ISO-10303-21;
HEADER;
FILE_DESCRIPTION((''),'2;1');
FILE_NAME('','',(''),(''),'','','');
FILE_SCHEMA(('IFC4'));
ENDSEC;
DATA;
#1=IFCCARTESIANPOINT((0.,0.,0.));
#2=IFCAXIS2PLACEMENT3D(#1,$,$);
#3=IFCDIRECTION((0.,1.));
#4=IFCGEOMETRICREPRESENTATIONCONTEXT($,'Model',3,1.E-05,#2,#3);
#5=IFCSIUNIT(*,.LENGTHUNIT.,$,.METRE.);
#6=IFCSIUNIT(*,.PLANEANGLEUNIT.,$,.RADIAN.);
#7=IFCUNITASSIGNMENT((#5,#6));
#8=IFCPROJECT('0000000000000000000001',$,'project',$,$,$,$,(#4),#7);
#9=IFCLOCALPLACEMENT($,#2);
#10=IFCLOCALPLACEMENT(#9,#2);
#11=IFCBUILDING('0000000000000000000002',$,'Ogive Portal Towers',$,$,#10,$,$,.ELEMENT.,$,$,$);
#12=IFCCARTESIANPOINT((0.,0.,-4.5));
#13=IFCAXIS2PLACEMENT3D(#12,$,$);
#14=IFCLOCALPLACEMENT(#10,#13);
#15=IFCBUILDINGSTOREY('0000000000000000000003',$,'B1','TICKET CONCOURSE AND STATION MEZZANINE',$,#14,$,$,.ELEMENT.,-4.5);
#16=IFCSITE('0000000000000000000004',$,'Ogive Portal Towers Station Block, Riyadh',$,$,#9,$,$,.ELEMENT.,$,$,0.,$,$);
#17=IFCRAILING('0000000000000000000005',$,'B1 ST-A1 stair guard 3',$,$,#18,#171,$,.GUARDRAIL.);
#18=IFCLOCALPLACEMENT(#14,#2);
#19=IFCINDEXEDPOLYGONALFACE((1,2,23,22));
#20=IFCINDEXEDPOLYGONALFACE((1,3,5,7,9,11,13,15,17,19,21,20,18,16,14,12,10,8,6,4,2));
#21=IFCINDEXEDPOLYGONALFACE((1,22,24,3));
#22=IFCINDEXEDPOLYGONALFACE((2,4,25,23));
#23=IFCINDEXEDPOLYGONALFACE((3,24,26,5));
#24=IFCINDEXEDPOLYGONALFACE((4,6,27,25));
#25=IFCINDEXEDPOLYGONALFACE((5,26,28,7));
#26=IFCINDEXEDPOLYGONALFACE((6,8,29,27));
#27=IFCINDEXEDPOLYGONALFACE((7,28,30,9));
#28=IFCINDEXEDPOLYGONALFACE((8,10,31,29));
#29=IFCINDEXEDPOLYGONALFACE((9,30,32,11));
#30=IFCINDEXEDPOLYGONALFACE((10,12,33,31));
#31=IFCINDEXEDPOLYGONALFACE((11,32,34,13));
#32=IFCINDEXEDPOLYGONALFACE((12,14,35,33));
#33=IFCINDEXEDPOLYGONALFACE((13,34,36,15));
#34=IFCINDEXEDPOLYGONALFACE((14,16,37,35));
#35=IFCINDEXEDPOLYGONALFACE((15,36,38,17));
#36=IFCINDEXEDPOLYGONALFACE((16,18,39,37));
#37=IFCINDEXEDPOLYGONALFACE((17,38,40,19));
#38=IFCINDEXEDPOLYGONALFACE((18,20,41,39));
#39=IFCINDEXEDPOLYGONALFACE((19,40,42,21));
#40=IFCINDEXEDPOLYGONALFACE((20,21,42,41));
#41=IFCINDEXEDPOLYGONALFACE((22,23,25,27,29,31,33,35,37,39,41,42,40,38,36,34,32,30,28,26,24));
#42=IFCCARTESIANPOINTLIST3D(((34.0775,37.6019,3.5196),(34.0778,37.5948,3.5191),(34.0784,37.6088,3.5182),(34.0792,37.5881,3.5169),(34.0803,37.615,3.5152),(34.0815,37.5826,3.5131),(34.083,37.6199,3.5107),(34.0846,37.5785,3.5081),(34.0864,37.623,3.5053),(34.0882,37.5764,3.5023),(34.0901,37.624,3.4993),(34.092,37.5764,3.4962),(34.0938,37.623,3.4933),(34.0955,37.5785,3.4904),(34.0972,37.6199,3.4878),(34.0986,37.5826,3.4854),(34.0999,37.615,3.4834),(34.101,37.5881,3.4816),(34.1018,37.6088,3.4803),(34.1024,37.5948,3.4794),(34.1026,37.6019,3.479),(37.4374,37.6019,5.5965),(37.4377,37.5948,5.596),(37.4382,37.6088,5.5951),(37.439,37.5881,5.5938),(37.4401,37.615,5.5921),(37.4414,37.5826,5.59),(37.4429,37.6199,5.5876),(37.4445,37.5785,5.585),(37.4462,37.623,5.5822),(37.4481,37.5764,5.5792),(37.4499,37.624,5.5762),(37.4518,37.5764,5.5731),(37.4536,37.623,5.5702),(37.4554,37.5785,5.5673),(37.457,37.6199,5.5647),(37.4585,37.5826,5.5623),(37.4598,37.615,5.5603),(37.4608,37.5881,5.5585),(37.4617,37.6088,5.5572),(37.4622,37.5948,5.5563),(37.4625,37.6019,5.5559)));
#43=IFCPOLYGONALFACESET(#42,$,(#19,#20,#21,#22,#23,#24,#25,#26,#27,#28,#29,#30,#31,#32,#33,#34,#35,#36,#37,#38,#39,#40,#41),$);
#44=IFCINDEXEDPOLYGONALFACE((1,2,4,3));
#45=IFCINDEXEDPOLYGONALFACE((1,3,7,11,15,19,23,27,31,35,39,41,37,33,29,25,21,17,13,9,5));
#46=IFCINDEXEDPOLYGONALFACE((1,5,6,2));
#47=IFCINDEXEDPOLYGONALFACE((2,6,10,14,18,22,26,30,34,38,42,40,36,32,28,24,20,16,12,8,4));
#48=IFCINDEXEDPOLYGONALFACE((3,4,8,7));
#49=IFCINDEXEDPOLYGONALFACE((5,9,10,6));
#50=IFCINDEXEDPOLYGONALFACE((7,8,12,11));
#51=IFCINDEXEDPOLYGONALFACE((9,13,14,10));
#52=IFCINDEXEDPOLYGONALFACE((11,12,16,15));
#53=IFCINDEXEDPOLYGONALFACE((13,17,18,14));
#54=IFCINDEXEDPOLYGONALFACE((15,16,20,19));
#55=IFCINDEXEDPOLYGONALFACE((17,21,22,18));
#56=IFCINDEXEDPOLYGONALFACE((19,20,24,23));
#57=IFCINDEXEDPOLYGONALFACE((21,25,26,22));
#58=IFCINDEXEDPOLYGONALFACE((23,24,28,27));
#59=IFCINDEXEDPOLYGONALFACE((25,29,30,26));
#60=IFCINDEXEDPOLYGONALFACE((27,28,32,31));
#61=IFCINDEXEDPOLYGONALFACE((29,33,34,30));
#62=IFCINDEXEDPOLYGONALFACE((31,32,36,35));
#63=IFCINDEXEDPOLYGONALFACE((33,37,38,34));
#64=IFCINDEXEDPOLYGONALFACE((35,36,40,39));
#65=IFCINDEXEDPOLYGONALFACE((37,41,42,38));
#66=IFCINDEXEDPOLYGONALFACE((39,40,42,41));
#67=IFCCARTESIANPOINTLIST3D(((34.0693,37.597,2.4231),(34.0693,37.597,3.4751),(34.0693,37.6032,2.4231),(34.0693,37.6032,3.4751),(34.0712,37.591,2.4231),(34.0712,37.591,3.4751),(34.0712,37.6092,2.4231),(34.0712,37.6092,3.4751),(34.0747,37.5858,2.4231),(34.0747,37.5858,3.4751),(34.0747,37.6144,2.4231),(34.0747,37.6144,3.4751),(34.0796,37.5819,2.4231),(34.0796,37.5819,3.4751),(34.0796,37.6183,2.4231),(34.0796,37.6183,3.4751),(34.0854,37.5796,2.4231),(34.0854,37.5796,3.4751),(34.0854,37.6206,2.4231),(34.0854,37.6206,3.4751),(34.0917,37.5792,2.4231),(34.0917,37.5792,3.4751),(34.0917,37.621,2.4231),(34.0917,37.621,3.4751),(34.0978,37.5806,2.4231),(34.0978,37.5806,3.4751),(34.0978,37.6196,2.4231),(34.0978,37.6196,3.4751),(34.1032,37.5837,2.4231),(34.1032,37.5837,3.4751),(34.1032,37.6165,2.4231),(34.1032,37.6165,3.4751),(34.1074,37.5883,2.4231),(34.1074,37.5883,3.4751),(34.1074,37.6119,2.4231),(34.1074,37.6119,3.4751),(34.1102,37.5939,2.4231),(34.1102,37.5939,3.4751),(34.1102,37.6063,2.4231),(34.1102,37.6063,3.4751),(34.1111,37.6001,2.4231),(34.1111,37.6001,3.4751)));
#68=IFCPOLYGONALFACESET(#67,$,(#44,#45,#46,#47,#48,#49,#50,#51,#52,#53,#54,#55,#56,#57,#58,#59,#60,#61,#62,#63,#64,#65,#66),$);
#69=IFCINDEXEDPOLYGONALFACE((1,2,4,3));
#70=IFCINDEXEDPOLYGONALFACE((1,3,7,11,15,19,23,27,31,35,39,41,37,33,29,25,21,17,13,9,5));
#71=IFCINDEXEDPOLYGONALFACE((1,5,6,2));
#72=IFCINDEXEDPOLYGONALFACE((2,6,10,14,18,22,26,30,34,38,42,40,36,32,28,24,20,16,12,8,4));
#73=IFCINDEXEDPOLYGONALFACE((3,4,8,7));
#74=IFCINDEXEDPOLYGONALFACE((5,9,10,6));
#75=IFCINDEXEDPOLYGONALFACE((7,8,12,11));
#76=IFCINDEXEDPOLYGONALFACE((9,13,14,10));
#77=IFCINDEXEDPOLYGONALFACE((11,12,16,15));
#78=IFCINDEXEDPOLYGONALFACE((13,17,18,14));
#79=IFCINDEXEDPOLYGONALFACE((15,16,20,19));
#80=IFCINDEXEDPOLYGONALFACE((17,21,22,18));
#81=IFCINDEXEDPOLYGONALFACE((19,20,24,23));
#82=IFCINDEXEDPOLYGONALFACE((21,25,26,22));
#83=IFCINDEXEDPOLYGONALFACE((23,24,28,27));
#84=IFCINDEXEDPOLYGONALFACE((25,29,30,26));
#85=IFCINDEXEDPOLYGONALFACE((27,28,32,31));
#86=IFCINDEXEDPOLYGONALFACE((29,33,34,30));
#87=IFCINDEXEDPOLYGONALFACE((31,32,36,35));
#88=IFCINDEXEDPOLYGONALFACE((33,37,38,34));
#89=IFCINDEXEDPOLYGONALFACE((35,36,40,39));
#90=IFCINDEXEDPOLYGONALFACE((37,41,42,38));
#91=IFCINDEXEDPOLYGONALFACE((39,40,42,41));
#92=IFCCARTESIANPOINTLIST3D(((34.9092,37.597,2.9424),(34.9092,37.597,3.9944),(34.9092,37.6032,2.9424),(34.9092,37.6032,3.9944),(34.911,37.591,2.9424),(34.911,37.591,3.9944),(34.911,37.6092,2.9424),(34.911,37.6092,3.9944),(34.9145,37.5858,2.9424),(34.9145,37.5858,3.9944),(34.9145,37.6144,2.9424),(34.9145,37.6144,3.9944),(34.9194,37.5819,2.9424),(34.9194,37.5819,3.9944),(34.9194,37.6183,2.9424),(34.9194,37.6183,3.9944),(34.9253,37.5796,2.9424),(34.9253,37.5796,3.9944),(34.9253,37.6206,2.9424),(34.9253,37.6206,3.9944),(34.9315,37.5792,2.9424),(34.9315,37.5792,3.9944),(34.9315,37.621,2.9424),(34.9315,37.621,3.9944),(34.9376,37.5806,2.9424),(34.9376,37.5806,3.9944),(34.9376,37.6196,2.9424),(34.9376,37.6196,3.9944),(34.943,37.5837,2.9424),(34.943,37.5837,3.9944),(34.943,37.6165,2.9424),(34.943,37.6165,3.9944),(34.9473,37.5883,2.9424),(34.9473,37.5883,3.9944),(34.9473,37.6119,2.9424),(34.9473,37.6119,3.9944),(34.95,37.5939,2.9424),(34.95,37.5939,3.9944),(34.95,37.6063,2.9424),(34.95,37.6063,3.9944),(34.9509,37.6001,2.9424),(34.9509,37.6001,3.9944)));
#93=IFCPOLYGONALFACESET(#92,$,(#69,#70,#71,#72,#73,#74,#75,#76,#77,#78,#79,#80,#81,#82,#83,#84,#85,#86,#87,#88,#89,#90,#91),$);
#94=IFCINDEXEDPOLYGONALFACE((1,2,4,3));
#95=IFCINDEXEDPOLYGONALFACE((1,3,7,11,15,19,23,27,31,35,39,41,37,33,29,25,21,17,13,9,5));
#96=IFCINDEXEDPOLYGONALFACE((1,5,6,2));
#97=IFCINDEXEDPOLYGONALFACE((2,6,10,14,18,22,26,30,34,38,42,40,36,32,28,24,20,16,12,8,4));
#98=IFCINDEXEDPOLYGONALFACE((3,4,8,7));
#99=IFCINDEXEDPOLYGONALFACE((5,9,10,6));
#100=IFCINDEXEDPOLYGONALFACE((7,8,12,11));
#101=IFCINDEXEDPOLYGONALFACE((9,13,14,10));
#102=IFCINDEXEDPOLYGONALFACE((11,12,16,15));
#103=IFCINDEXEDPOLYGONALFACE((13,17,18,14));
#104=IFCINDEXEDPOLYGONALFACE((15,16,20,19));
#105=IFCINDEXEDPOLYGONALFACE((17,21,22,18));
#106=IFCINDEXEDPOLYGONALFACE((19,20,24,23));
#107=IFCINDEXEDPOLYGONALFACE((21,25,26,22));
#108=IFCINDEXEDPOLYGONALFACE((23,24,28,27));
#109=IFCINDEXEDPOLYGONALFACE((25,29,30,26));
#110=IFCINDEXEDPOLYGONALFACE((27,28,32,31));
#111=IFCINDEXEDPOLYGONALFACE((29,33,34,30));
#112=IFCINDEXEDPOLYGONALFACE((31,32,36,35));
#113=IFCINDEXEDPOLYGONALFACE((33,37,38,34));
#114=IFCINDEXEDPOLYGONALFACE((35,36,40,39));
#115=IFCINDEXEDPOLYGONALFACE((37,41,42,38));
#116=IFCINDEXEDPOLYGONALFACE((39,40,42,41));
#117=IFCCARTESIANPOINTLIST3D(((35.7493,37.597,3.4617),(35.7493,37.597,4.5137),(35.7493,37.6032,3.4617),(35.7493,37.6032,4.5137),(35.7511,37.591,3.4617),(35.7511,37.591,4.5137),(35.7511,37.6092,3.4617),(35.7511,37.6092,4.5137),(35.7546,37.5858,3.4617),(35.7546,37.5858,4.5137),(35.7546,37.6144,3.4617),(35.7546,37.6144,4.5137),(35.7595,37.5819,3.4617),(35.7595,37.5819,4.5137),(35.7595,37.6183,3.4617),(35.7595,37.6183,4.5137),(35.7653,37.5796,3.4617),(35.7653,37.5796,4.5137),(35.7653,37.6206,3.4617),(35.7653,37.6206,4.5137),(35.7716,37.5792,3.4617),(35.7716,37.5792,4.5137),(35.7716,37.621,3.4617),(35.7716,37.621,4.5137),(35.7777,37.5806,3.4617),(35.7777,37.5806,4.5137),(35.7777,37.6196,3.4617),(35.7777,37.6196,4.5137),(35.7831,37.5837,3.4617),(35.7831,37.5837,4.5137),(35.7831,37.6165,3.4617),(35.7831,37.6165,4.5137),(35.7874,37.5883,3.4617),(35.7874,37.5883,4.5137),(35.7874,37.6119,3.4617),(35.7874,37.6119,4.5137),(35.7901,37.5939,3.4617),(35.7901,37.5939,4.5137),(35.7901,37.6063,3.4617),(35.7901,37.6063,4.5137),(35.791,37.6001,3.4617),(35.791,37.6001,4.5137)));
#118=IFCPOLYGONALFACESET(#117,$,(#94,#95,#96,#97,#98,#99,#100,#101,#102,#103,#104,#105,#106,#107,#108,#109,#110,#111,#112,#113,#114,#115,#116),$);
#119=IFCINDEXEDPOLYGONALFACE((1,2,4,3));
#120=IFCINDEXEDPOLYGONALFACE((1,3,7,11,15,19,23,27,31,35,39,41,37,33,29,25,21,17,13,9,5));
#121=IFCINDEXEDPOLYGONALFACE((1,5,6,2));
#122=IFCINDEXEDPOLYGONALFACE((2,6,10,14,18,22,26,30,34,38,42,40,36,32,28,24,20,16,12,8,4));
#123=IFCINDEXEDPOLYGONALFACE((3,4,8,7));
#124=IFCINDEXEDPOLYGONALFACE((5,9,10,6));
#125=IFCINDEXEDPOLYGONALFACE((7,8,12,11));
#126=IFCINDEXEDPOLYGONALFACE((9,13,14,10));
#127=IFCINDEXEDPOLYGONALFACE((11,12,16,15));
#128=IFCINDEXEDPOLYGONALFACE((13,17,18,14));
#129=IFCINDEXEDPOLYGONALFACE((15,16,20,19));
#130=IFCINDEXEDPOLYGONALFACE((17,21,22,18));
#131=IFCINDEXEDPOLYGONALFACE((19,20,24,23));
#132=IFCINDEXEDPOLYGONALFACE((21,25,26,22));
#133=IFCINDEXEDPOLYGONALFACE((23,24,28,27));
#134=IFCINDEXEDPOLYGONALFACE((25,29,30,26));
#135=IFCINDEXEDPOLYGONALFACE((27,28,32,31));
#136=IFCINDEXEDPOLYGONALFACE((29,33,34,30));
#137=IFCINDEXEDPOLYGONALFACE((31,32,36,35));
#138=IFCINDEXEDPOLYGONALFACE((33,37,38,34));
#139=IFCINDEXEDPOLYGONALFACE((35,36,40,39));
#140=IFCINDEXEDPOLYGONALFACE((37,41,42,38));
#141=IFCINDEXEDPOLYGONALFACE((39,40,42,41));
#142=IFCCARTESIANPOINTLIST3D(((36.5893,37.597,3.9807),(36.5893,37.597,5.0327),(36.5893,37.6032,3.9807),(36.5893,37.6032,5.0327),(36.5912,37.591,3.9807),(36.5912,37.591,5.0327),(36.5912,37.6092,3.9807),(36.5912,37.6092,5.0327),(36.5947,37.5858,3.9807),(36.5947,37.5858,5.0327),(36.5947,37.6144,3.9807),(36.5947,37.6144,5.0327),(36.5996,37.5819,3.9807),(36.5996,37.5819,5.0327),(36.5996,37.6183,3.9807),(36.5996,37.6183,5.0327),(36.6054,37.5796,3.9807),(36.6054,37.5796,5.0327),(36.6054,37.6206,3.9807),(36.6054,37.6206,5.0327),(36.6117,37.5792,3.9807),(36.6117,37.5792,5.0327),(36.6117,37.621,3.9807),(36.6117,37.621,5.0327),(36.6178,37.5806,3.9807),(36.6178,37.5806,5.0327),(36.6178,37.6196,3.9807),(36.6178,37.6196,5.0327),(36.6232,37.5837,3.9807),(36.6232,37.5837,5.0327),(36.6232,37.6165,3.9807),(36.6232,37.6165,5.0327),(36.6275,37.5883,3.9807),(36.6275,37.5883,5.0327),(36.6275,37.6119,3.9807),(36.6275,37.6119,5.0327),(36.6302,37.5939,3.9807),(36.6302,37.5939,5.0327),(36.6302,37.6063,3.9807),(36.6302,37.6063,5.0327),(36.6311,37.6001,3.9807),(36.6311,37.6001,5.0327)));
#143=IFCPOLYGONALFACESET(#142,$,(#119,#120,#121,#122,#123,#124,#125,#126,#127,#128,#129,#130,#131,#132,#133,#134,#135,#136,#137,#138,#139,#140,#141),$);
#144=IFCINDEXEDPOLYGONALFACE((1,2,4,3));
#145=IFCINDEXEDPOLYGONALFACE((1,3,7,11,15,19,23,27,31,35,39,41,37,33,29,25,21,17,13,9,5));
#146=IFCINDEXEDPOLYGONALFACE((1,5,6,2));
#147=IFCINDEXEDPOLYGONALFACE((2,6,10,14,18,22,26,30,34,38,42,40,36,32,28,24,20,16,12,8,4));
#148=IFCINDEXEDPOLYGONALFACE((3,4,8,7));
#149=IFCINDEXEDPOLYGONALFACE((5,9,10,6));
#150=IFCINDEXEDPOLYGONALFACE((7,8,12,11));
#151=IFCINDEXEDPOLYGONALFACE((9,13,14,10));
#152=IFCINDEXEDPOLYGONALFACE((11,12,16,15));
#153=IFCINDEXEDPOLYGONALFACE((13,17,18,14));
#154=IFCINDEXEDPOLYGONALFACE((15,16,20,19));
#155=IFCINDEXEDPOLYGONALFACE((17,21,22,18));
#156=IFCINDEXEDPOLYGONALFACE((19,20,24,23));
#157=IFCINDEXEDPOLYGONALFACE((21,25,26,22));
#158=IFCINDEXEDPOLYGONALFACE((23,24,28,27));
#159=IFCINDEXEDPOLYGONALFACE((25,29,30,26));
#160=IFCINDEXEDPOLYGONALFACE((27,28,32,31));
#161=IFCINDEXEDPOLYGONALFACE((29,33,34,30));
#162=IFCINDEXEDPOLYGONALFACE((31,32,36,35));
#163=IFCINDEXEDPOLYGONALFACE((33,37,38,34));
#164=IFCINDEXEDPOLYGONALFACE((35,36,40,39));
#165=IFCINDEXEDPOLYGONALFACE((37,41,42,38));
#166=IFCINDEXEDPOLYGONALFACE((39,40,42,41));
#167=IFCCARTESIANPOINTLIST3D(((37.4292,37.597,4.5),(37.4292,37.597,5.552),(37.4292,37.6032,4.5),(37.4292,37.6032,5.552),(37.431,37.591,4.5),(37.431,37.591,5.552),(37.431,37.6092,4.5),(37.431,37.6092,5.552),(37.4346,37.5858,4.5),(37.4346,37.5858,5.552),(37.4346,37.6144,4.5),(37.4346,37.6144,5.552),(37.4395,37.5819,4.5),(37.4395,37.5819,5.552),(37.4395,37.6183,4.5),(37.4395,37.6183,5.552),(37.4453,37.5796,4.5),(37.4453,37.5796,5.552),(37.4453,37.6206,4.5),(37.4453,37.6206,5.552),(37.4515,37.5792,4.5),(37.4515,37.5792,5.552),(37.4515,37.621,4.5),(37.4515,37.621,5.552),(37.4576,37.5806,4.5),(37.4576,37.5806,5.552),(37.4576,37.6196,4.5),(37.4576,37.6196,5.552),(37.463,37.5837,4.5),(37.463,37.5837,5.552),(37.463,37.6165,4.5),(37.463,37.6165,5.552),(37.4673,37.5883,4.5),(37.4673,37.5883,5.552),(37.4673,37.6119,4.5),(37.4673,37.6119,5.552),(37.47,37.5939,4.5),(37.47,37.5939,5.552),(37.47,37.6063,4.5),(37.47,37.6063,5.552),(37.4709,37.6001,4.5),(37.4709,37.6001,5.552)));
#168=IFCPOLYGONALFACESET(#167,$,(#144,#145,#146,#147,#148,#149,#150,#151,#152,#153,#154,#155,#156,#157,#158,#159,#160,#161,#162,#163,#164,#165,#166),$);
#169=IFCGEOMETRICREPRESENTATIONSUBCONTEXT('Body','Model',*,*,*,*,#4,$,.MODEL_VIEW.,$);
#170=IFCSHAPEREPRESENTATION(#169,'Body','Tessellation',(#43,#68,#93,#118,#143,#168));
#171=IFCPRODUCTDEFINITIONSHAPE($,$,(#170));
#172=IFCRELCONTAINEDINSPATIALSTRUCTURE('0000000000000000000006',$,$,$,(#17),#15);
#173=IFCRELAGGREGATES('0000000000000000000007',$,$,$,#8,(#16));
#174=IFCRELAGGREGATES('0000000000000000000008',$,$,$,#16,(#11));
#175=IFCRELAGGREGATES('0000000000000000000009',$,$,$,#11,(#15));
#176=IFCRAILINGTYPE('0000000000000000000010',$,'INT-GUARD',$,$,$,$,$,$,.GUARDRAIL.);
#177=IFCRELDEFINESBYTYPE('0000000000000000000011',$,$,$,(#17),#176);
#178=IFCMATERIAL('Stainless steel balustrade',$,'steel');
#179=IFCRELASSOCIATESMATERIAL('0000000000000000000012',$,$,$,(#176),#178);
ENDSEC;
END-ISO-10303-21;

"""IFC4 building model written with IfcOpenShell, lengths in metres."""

from ifc_helpers import new_model, si_unit, direction, frame, origin, origin_2d, place, context, subcontext, project, spatial, circle, extrude, material, type_object, element, save


model = new_model("IFC4")

# Units and contexts
model_context = context("Model", 3, precision=1e-05, world=origin(), true_north=direction((0.0, 1.0)))
body_context = subcontext(model_context, "Body", "Model", "MODEL_VIEW")
ifc_project = project(units=[si_unit("LENGTHUNIT", "METRE"), si_unit("PLANEANGLEUNIT", "RADIAN")], contexts=[model_context])

# Site, building, storey
site_placement = place(None, origin())
site = spatial("IfcSite", under=ifc_project, at=site_placement, Name="Ogive Portal Towers Station Block, Riyadh", CompositionType="ELEMENT", RefElevation=0.0)
building_placement = place(site_placement, origin())
building = spatial("IfcBuilding", under=site, at=building_placement, Name="Ogive Portal Towers", CompositionType="ELEMENT")
storey_placement = place(building_placement, frame((0.0, 0.0, -4.5)))
storey = spatial("IfcBuildingStorey", under=building, at=storey_placement, Name="B1", Description="TICKET CONCOURSE AND STATION MEZZANINE", CompositionType="ELEMENT", Elevation=-4.5)

# Railing
ifc_material_1 = material(Name="Stainless steel balustrade", Category="steel")
railing_type_1 = type_object("IfcRailingType", Name="INT-GUARD", PredefinedType="GUARDRAIL", material=ifc_material_1)
railing_1_placement = place(storey_placement, frame((34.0901, 37.6001, 2.4231)))
element("IfcRailing", 1, at=railing_1_placement, inside=storey, type_object=railing_type_1, Name="B1 ST-A1 stair guard 3", PredefinedType="GUARDRAIL", context=body_context, shape_type="SweptSolid", body=[
    extrude(circle(Radius=0.0239, at=origin_2d()), frame((0.0, 0.0, 1.0762), z_axis=(0.850606, 0.0, 0.525803), x_axis=(0.0, 1.0, 0.0)), (0.0, 0.0, 1.0), 3.95),
    extrude(circle(Radius=0.021, at=origin_2d()), origin(), (0.0, 0.0, 1.0), 1.052),
    extrude(circle(Radius=0.021, at=origin_2d()), frame((0.8398, 0.0, 0.5193)), (0.0, 0.0, 1.0), 1.052),
    extrude(circle(Radius=0.021, at=origin_2d()), frame((1.6799, 0.0, 1.0386)), (0.0, 0.0, 1.0), 1.052),
    extrude(circle(Radius=0.021, at=origin_2d()), frame((2.52, 0.0, 1.5576)), (0.0, 0.0, 1.0), 1.052),
    extrude(circle(Radius=0.021, at=origin_2d()), frame((3.3599, 0.0, 2.0769)), (0.0, 0.0, 1.0), 1.052),
])

save(model, "model.ifc")
